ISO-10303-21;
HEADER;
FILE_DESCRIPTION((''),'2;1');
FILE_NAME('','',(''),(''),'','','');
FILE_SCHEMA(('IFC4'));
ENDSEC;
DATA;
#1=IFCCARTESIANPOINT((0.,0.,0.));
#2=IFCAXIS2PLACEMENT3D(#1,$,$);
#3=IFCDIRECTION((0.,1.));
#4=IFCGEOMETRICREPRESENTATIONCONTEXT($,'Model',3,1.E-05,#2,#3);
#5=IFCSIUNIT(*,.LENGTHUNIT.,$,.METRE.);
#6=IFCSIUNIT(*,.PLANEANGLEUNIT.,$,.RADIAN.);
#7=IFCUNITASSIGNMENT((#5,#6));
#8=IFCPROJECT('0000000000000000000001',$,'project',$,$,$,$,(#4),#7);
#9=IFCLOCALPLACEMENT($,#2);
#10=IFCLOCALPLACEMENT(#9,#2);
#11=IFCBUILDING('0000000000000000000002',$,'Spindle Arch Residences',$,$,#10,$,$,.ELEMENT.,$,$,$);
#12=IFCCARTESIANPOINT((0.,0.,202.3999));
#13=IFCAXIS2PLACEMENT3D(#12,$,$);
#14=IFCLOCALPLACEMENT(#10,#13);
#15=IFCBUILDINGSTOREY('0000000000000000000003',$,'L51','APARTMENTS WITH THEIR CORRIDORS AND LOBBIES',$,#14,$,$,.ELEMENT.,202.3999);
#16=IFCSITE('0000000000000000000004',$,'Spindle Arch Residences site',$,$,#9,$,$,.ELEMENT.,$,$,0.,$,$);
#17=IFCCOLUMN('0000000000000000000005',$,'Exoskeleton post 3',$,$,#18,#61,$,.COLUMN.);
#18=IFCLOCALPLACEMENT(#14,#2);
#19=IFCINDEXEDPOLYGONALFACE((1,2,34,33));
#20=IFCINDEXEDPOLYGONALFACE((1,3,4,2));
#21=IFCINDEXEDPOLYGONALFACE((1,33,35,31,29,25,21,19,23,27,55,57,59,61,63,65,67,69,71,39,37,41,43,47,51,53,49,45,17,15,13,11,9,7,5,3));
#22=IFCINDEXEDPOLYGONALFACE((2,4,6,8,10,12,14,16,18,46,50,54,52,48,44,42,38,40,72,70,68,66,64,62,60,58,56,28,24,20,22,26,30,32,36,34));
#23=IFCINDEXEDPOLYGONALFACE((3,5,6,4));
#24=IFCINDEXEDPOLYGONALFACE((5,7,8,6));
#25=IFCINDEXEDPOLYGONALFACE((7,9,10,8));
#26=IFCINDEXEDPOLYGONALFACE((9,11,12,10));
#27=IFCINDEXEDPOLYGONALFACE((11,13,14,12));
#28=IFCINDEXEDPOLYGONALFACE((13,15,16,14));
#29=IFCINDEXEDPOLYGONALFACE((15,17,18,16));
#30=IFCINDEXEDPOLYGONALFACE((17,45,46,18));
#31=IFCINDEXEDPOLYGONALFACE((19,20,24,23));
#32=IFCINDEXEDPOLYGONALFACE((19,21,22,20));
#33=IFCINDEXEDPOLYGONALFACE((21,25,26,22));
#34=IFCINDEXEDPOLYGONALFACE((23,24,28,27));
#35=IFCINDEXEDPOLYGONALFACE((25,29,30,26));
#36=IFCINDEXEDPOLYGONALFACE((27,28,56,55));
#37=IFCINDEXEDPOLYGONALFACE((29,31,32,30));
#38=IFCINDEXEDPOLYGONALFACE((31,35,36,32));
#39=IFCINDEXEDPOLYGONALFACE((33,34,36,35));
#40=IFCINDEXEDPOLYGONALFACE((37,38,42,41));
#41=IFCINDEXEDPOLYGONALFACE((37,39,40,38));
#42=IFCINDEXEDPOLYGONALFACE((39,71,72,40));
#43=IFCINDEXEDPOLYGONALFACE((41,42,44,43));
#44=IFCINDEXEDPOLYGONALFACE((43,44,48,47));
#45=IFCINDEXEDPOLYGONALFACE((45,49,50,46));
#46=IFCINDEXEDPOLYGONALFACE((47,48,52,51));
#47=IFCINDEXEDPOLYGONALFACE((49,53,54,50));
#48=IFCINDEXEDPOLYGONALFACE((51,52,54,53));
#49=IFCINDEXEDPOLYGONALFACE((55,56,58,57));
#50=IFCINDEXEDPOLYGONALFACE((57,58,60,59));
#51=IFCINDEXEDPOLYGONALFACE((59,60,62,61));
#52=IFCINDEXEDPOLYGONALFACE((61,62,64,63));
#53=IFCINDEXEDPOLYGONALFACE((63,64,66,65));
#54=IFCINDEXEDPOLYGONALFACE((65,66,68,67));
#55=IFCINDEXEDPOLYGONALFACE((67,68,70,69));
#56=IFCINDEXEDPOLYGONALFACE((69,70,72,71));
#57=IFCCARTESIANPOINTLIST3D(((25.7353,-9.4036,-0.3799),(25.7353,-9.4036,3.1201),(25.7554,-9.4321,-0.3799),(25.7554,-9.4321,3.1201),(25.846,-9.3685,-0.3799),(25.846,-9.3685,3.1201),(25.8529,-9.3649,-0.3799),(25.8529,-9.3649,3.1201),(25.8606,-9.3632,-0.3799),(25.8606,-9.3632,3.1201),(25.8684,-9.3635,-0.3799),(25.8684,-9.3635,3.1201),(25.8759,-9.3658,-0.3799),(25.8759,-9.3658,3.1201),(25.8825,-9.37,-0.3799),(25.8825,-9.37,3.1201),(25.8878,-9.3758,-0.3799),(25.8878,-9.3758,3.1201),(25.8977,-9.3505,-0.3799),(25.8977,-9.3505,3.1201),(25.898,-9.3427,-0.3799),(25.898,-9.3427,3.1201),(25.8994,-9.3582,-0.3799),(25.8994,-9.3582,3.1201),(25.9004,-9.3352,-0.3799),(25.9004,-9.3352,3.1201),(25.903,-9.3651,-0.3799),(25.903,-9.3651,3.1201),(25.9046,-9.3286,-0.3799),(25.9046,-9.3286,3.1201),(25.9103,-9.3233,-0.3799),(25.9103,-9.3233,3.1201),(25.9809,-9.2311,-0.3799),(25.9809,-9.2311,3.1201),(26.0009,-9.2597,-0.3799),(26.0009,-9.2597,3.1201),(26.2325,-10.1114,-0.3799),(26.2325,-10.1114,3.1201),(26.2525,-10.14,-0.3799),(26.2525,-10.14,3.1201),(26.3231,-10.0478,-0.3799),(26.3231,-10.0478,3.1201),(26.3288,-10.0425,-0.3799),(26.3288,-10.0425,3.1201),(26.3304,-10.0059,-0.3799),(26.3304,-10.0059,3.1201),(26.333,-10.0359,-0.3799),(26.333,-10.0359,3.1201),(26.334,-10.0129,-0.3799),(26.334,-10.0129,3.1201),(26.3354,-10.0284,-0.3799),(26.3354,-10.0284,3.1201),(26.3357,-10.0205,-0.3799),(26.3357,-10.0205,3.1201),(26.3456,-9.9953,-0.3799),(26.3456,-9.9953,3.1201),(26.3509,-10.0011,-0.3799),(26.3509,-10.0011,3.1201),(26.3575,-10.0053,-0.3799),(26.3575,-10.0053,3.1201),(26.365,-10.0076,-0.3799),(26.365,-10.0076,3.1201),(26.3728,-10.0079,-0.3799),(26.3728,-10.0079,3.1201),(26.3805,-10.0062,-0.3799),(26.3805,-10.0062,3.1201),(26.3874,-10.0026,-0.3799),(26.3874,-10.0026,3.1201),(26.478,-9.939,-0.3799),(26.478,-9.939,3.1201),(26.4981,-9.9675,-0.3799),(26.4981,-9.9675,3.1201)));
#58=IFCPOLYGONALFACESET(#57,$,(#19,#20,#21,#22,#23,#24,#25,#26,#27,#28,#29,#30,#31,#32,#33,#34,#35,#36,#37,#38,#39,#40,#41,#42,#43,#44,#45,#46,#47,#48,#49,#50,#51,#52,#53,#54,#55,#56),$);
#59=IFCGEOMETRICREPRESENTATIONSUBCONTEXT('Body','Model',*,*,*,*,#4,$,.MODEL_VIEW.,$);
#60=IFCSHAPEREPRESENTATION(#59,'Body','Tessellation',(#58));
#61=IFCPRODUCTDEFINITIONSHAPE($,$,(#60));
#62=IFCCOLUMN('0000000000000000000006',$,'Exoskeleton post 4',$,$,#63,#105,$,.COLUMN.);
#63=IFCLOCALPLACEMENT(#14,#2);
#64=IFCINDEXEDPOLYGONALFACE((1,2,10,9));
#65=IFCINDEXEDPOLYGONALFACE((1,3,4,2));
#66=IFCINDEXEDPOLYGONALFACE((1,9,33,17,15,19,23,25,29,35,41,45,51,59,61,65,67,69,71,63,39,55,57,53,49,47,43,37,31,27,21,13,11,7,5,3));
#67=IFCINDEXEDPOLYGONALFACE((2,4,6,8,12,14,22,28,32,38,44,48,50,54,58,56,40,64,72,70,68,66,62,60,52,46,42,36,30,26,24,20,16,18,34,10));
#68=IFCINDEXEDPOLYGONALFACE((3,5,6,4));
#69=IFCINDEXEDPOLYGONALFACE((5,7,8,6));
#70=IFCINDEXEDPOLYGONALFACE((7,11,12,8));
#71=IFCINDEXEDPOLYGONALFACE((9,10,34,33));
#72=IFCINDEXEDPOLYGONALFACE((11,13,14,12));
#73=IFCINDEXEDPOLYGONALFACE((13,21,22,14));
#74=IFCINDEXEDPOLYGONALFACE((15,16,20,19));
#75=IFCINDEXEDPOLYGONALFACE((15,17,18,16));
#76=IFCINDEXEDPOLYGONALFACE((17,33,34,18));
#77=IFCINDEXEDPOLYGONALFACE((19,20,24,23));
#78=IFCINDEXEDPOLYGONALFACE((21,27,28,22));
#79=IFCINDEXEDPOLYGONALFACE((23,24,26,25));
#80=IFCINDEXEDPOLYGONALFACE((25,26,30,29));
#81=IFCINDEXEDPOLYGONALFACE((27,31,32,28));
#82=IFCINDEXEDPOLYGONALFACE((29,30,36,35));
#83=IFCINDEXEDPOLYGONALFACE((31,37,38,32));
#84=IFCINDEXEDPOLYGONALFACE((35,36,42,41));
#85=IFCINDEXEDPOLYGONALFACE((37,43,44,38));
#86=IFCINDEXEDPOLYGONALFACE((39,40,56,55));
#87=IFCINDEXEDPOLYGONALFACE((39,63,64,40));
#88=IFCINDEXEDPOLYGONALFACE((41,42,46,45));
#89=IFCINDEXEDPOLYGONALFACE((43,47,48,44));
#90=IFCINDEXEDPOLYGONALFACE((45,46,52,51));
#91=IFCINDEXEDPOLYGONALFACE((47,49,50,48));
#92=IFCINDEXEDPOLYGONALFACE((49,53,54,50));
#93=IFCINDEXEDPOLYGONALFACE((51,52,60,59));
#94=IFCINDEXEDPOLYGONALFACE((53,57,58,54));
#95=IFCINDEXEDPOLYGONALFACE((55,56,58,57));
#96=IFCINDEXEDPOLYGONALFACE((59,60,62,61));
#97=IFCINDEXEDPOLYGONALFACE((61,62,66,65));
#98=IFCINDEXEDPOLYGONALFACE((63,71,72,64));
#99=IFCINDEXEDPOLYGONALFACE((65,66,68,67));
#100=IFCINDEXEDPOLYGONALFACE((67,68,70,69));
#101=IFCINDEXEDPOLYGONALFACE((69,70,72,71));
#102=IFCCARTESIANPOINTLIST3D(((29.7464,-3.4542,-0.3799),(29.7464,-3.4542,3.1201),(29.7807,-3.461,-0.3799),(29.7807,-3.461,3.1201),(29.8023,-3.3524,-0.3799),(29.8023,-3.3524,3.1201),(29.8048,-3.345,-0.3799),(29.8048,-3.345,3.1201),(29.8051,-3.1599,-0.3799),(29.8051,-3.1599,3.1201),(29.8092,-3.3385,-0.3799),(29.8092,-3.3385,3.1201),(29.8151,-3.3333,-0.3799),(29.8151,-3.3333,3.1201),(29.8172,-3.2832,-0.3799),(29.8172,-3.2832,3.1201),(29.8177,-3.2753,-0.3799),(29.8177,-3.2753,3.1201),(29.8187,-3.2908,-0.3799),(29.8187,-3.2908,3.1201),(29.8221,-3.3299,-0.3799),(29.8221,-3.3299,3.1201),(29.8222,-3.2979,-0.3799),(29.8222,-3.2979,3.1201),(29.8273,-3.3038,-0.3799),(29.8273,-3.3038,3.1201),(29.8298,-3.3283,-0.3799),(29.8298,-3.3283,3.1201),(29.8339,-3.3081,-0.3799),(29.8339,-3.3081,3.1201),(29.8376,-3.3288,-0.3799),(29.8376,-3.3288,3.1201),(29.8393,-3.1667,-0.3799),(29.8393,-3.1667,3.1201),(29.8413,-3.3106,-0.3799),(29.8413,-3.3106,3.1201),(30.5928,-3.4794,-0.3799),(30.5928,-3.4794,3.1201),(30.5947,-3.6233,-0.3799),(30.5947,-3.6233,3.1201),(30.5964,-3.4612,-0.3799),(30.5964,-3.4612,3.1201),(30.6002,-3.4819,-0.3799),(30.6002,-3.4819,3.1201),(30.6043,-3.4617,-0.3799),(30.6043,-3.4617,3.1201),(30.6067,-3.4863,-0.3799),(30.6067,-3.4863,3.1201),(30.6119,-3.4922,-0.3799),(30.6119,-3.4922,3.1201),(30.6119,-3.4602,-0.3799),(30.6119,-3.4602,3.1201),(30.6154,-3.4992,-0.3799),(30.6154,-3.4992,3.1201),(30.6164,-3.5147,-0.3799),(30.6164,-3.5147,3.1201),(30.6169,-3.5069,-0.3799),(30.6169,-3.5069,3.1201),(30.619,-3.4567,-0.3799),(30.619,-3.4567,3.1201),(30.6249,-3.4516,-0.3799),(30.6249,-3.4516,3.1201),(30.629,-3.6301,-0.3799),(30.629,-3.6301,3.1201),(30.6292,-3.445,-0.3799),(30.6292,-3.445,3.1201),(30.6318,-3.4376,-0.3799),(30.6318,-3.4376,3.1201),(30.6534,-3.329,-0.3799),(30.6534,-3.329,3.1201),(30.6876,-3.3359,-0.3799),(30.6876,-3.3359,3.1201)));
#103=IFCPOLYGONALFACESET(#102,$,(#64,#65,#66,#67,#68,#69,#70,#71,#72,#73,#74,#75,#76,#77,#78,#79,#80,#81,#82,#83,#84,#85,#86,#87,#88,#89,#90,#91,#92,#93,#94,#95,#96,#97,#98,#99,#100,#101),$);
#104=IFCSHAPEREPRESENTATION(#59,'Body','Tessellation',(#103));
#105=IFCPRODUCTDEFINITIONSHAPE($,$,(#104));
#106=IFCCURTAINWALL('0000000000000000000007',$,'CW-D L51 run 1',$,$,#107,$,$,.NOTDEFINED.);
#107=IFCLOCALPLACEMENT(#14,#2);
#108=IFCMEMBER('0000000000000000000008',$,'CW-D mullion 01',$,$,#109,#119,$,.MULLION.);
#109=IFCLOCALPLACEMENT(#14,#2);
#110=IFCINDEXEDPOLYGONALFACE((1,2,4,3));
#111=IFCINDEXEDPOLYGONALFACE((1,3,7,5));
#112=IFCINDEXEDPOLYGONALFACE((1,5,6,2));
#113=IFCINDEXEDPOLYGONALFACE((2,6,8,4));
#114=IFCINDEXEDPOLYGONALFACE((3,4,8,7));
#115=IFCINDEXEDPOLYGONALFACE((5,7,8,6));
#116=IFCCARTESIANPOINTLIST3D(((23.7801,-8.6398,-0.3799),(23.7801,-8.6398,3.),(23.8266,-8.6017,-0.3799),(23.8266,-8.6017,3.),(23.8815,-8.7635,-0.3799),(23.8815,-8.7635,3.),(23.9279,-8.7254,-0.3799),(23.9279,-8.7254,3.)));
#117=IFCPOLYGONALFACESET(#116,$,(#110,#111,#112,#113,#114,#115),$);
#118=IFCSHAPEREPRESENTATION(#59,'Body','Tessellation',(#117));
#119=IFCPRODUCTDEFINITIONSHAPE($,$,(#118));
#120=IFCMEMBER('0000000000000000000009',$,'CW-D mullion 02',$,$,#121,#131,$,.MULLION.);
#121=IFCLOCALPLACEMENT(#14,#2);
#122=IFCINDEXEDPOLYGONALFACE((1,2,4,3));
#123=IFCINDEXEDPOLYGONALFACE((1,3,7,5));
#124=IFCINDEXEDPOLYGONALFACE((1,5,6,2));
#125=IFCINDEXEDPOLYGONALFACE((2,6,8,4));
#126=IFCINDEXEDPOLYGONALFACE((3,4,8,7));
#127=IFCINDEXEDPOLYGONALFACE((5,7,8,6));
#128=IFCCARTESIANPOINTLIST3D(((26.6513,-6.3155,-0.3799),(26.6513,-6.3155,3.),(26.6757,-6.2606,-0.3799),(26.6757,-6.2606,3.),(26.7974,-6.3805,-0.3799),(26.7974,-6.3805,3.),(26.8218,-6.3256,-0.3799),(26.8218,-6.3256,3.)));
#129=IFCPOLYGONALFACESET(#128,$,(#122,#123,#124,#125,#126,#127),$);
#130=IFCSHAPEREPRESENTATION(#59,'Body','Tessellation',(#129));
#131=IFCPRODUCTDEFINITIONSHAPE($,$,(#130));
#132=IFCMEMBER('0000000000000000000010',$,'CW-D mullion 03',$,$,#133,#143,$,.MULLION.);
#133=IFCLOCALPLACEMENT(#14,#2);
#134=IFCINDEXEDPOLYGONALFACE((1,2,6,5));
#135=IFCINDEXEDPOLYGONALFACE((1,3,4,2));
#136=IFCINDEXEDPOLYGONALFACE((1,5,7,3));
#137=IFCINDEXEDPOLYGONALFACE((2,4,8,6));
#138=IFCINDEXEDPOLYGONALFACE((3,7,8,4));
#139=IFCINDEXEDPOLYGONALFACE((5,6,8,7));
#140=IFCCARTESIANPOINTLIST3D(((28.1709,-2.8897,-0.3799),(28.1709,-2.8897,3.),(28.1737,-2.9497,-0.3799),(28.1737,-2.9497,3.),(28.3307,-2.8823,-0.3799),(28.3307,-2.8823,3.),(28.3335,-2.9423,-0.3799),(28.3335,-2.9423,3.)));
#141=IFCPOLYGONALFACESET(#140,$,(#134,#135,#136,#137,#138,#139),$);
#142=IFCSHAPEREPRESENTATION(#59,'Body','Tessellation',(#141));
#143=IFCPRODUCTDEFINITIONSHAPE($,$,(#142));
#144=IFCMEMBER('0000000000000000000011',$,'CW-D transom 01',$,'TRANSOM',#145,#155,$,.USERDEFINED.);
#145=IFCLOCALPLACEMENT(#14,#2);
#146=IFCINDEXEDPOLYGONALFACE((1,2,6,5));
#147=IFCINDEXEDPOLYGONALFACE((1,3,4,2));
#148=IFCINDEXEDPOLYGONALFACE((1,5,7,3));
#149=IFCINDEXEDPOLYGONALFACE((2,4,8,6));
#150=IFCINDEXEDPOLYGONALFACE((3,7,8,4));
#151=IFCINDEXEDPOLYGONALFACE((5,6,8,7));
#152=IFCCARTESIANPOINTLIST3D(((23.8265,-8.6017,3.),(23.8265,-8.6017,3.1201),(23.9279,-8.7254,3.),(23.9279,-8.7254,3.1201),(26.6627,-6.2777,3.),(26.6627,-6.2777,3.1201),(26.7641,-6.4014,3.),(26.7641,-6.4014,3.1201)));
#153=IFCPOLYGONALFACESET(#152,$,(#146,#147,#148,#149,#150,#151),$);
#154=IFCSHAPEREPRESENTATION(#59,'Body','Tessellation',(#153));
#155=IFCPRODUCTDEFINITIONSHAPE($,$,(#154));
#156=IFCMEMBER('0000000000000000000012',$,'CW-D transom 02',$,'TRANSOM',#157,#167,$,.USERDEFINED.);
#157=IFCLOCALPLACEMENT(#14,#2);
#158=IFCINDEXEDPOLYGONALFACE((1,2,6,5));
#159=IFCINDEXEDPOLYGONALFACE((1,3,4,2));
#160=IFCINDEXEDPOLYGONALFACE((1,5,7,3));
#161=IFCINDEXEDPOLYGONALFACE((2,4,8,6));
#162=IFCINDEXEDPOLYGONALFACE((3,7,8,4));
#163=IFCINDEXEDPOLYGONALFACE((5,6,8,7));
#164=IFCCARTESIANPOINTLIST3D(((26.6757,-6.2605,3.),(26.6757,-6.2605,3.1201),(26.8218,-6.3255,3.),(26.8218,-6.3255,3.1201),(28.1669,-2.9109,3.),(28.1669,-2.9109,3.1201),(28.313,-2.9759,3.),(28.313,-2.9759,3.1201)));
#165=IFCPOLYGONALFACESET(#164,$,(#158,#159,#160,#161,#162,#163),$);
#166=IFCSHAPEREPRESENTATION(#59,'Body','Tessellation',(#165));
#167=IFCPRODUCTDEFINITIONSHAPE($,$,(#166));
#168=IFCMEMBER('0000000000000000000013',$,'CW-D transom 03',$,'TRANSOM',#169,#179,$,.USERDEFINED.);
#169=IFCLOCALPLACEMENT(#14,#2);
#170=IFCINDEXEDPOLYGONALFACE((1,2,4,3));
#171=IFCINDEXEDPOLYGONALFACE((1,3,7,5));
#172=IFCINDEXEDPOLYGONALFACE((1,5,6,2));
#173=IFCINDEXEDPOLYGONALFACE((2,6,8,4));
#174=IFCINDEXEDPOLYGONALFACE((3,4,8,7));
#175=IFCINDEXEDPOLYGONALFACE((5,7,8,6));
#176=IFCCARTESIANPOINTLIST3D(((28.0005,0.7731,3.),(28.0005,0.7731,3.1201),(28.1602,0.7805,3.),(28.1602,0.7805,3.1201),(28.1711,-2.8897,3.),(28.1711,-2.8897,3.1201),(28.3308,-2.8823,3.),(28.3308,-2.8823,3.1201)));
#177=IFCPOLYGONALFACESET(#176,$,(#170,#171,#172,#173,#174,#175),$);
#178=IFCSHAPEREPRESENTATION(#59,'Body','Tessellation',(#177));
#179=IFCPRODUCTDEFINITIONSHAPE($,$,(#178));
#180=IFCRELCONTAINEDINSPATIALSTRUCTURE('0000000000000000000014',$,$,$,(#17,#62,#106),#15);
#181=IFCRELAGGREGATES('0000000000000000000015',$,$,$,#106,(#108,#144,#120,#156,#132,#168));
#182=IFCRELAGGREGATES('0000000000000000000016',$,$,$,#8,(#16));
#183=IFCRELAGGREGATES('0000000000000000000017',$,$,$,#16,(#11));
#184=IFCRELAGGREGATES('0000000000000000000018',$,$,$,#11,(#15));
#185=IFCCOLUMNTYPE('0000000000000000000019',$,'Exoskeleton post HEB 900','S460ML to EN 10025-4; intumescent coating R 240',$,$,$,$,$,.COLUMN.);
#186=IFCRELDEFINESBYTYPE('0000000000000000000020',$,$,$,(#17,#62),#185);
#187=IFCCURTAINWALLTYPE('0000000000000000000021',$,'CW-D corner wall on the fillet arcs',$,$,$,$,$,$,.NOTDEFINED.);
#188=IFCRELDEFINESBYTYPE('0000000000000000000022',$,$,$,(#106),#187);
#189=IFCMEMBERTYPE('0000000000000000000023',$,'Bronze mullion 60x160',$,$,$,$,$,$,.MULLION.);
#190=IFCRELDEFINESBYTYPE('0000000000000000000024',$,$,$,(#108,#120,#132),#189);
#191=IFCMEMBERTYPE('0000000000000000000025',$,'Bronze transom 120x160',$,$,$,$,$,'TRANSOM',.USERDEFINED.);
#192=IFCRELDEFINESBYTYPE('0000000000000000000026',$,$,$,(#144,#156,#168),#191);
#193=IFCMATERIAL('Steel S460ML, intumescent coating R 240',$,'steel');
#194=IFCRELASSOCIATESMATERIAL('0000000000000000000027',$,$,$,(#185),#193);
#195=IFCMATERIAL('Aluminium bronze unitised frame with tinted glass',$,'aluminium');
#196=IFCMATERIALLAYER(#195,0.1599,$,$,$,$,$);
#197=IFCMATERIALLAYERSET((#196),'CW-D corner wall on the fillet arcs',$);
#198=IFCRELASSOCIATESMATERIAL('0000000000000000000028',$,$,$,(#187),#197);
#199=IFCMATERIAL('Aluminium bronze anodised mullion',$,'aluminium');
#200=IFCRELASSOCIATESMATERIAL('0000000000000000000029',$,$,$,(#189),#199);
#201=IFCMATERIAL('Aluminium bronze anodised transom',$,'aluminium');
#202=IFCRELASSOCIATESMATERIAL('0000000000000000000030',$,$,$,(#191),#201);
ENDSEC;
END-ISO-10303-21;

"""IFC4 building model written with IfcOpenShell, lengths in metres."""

from ifc_helpers import new_model, si_unit, direction, frame, origin, origin_2d, place, context, subcontext, project, spatial, rectangle, i_section, extrude, material, layer, layer_set, material_profile, profile_set, type_object, element, aggregate, save


model = new_model("IFC4")

# Units and contexts
model_context = context("Model", 3, precision=1e-05, world=origin(), true_north=direction((0.0, 1.0)))
body_context = subcontext(model_context, "Body", "Model", "MODEL_VIEW")
ifc_project = project(units=[si_unit("LENGTHUNIT", "METRE"), si_unit("PLANEANGLEUNIT", "RADIAN")], contexts=[model_context])

# Site, building, storey
site_placement = place(None, origin())
site = spatial("IfcSite", under=ifc_project, at=site_placement, Name="Spindle Arch Residences site", CompositionType="ELEMENT", RefElevation=0.0)
building_placement = place(site_placement, origin())
building = spatial("IfcBuilding", under=site, at=building_placement, Name="Spindle Arch Residences", CompositionType="ELEMENT")
storey_placement = place(building_placement, frame((0.0, 0.0, 202.3999)))
storey = spatial("IfcBuildingStorey", under=building, at=storey_placement, Name="L51", Description="APARTMENTS WITH THEIR CORRIDORS AND LOBBIES", CompositionType="ELEMENT", Elevation=202.3999)

# Columns
ifc_material_1 = material(Name="Steel S460ML, intumescent coating R 240", Category="steel")
ifc_material_profile_1 = material_profile(ifc_material_1, i_section(OverallWidth=0.3, OverallDepth=0.8999, WebThickness=0.0186, FlangeThickness=0.0349, FilletRadius=0.03, at=origin_2d()), Name="HEB 900")
ifc_profile_set_1 = profile_set([ifc_material_profile_1], Name="Steel S460ML, intumescent coating R 240")
column_type = type_object("IfcColumnType", Name="Exoskeleton post HEB 900", Description="S460ML to EN 10025-4; intumescent coating R 240", PredefinedType="COLUMN", material=ifc_profile_set_1)
for number, where, z_axis, x_axis, name in (
    (1, (26.1167, -9.6855, -0.3799), (0.0, 0.0, 1.0), (-0.818345, -0.574727, 0.0), "Exoskeleton post 3"),
    (2, (30.217, -3.395, -0.3799), (0.0, 0.0, 1.0), (-0.195505, -0.980703, 0.0), "Exoskeleton post 4"),
):
    element("IfcColumn", number, at=place(storey_placement, frame(where, z_axis=z_axis, x_axis=x_axis)), inside=storey, type_object=column_type, Name=name, PredefinedType="COLUMN", context=body_context, shape_type="SweptSolid", body=[
        extrude(i_section(OverallWidth=0.3, OverallDepth=0.8999, WebThickness=0.0186, FlangeThickness=0.0349, FilletRadius=0.03, at=origin_2d()), origin(), (0.0, 0.0, 1.0), 3.5),
    ])

# Curtain wall, members
ifc_material_2 = material(Name="Aluminium bronze unitised frame with tinted glass", Category="aluminium")
ifc_layer_1 = layer(ifc_material_2, 0.1599)
ifc_layer_set_1 = layer_set([ifc_layer_1], Name="CW-D corner wall on the fillet arcs")
curtain_wall_type = type_object("IfcCurtainWallType", Name="CW-D corner wall on the fillet arcs", PredefinedType="NOTDEFINED", material=ifc_layer_set_1)
curtain_wall_placement = place(storey_placement, origin())
curtain_wall = element("IfcCurtainWall", 3, at=curtain_wall_placement, inside=storey, type_object=curtain_wall_type, Name="CW-D L51 run 1", PredefinedType="NOTDEFINED")
ifc_material_3 = material(Name="Aluminium bronze anodised mullion", Category="aluminium")
ifc_material_profile_2 = material_profile(ifc_material_3, rectangle(XDim=0.1599, YDim=0.0601, at=origin_2d()), Name="MU 60x160")
ifc_profile_set_2 = profile_set([ifc_material_profile_2], Name="Aluminium bronze anodised mullion")
member_type_1 = type_object("IfcMemberType", Name="Bronze mullion 60x160", PredefinedType="MULLION", material=ifc_profile_set_2)
member_1_placement = place(storey_placement, frame((23.854, -8.6826, -0.3799), z_axis=(0.0, 0.0, 1.0), x_axis=(-0.633831, 0.773472, 0.0)))
member_1 = element("IfcMember", 4, at=member_1_placement, type_object=member_type_1, Name="CW-D mullion 01", PredefinedType="MULLION", context=body_context, shape_type="SweptSolid", body=[
    extrude(rectangle(XDim=0.1599, YDim=0.0601, at=origin_2d()), origin(), (0.0, 0.0, 1.0), 3.3799),
])
member_2_placement = place(storey_placement, frame((26.7366, -6.3206, -0.3799), z_axis=(0.0, 0.0, 1.0), x_axis=(-0.913545, 0.406737, 0.0)))
member_2 = element("IfcMember", 5, at=member_2_placement, type_object=member_type_1, Name="CW-D mullion 02", PredefinedType="MULLION", context=body_context, shape_type="SweptSolid", body=[
    extrude(rectangle(XDim=0.1599, YDim=0.0601, at=origin_2d()), origin(), (0.0, 0.0, 1.0), 3.3799),
])
member_3_placement = place(storey_placement, frame((28.2522, -2.916, -0.3799), z_axis=(0.0, 0.0, 1.0), x_axis=(-0.998917, -0.046525, 0.0)))
member_3 = element("IfcMember", 6, at=member_3_placement, type_object=member_type_1, Name="CW-D mullion 03", PredefinedType="MULLION", context=body_context, shape_type="SweptSolid", body=[
    extrude(rectangle(XDim=0.1599, YDim=0.0601, at=origin_2d()), origin(), (0.0, 0.0, 1.0), 3.3799),
])
ifc_material_4 = material(Name="Aluminium bronze anodised transom", Category="aluminium")
ifc_material_profile_3 = material_profile(ifc_material_4, rectangle(XDim=0.1599, YDim=0.1201, at=origin_2d()), Name="TR 120x160")
ifc_profile_set_3 = profile_set([ifc_material_profile_3], Name="Aluminium bronze anodised transom")
member_type_2 = type_object("IfcMemberType", Name="Bronze transom 120x160", ElementType="TRANSOM", PredefinedType="USERDEFINED", material=ifc_profile_set_3)
member_4_placement = place(storey_placement, frame((23.8772, -8.6636, 3.0601), z_axis=(0.773494, 0.633803, 0.0), x_axis=(-0.633803, 0.773494, 0.0)))
member_4 = element("IfcMember", 7, at=member_4_placement, type_object=member_type_2, Name="CW-D transom 01", ObjectType="TRANSOM", PredefinedType="USERDEFINED", context=body_context, shape_type="SweptSolid", body=[
    extrude(rectangle(XDim=0.1599, YDim=0.1201, at=origin_2d()), origin(), (0.0, 0.0, 1.0), 3.6667),
])
member_5_placement = place(storey_placement, frame((26.7488, -6.293, 3.0601), z_axis=(0.406707, 0.913559, 0.0), x_axis=(-0.913559, 0.406707, 0.0)))
member_5 = element("IfcMember", 8, at=member_5_placement, type_object=member_type_2, Name="CW-D transom 02", ObjectType="TRANSOM", PredefinedType="USERDEFINED", context=body_context, shape_type="SweptSolid", body=[
    extrude(rectangle(XDim=0.1599, YDim=0.1201, at=origin_2d()), origin(), (0.0, 0.0, 1.0), 3.6665),
])
member_6_placement = place(storey_placement, frame((28.251, -2.886, 3.0601), z_axis=(-0.04654, 0.998916, 0.0), x_axis=(-0.998916, -0.04654, 0.0)))
member_6 = element("IfcMember", 9, at=member_6_placement, type_object=member_type_2, Name="CW-D transom 03", ObjectType="TRANSOM", PredefinedType="USERDEFINED", context=body_context, shape_type="SweptSolid", body=[
    extrude(rectangle(XDim=0.1599, YDim=0.1201, at=origin_2d()), origin(), (0.0, 0.0, 1.0), 3.6667),
])

aggregate(curtain_wall, [member_1, member_4, member_2, member_5, member_3, member_6])

save(model, "model.ifc")
